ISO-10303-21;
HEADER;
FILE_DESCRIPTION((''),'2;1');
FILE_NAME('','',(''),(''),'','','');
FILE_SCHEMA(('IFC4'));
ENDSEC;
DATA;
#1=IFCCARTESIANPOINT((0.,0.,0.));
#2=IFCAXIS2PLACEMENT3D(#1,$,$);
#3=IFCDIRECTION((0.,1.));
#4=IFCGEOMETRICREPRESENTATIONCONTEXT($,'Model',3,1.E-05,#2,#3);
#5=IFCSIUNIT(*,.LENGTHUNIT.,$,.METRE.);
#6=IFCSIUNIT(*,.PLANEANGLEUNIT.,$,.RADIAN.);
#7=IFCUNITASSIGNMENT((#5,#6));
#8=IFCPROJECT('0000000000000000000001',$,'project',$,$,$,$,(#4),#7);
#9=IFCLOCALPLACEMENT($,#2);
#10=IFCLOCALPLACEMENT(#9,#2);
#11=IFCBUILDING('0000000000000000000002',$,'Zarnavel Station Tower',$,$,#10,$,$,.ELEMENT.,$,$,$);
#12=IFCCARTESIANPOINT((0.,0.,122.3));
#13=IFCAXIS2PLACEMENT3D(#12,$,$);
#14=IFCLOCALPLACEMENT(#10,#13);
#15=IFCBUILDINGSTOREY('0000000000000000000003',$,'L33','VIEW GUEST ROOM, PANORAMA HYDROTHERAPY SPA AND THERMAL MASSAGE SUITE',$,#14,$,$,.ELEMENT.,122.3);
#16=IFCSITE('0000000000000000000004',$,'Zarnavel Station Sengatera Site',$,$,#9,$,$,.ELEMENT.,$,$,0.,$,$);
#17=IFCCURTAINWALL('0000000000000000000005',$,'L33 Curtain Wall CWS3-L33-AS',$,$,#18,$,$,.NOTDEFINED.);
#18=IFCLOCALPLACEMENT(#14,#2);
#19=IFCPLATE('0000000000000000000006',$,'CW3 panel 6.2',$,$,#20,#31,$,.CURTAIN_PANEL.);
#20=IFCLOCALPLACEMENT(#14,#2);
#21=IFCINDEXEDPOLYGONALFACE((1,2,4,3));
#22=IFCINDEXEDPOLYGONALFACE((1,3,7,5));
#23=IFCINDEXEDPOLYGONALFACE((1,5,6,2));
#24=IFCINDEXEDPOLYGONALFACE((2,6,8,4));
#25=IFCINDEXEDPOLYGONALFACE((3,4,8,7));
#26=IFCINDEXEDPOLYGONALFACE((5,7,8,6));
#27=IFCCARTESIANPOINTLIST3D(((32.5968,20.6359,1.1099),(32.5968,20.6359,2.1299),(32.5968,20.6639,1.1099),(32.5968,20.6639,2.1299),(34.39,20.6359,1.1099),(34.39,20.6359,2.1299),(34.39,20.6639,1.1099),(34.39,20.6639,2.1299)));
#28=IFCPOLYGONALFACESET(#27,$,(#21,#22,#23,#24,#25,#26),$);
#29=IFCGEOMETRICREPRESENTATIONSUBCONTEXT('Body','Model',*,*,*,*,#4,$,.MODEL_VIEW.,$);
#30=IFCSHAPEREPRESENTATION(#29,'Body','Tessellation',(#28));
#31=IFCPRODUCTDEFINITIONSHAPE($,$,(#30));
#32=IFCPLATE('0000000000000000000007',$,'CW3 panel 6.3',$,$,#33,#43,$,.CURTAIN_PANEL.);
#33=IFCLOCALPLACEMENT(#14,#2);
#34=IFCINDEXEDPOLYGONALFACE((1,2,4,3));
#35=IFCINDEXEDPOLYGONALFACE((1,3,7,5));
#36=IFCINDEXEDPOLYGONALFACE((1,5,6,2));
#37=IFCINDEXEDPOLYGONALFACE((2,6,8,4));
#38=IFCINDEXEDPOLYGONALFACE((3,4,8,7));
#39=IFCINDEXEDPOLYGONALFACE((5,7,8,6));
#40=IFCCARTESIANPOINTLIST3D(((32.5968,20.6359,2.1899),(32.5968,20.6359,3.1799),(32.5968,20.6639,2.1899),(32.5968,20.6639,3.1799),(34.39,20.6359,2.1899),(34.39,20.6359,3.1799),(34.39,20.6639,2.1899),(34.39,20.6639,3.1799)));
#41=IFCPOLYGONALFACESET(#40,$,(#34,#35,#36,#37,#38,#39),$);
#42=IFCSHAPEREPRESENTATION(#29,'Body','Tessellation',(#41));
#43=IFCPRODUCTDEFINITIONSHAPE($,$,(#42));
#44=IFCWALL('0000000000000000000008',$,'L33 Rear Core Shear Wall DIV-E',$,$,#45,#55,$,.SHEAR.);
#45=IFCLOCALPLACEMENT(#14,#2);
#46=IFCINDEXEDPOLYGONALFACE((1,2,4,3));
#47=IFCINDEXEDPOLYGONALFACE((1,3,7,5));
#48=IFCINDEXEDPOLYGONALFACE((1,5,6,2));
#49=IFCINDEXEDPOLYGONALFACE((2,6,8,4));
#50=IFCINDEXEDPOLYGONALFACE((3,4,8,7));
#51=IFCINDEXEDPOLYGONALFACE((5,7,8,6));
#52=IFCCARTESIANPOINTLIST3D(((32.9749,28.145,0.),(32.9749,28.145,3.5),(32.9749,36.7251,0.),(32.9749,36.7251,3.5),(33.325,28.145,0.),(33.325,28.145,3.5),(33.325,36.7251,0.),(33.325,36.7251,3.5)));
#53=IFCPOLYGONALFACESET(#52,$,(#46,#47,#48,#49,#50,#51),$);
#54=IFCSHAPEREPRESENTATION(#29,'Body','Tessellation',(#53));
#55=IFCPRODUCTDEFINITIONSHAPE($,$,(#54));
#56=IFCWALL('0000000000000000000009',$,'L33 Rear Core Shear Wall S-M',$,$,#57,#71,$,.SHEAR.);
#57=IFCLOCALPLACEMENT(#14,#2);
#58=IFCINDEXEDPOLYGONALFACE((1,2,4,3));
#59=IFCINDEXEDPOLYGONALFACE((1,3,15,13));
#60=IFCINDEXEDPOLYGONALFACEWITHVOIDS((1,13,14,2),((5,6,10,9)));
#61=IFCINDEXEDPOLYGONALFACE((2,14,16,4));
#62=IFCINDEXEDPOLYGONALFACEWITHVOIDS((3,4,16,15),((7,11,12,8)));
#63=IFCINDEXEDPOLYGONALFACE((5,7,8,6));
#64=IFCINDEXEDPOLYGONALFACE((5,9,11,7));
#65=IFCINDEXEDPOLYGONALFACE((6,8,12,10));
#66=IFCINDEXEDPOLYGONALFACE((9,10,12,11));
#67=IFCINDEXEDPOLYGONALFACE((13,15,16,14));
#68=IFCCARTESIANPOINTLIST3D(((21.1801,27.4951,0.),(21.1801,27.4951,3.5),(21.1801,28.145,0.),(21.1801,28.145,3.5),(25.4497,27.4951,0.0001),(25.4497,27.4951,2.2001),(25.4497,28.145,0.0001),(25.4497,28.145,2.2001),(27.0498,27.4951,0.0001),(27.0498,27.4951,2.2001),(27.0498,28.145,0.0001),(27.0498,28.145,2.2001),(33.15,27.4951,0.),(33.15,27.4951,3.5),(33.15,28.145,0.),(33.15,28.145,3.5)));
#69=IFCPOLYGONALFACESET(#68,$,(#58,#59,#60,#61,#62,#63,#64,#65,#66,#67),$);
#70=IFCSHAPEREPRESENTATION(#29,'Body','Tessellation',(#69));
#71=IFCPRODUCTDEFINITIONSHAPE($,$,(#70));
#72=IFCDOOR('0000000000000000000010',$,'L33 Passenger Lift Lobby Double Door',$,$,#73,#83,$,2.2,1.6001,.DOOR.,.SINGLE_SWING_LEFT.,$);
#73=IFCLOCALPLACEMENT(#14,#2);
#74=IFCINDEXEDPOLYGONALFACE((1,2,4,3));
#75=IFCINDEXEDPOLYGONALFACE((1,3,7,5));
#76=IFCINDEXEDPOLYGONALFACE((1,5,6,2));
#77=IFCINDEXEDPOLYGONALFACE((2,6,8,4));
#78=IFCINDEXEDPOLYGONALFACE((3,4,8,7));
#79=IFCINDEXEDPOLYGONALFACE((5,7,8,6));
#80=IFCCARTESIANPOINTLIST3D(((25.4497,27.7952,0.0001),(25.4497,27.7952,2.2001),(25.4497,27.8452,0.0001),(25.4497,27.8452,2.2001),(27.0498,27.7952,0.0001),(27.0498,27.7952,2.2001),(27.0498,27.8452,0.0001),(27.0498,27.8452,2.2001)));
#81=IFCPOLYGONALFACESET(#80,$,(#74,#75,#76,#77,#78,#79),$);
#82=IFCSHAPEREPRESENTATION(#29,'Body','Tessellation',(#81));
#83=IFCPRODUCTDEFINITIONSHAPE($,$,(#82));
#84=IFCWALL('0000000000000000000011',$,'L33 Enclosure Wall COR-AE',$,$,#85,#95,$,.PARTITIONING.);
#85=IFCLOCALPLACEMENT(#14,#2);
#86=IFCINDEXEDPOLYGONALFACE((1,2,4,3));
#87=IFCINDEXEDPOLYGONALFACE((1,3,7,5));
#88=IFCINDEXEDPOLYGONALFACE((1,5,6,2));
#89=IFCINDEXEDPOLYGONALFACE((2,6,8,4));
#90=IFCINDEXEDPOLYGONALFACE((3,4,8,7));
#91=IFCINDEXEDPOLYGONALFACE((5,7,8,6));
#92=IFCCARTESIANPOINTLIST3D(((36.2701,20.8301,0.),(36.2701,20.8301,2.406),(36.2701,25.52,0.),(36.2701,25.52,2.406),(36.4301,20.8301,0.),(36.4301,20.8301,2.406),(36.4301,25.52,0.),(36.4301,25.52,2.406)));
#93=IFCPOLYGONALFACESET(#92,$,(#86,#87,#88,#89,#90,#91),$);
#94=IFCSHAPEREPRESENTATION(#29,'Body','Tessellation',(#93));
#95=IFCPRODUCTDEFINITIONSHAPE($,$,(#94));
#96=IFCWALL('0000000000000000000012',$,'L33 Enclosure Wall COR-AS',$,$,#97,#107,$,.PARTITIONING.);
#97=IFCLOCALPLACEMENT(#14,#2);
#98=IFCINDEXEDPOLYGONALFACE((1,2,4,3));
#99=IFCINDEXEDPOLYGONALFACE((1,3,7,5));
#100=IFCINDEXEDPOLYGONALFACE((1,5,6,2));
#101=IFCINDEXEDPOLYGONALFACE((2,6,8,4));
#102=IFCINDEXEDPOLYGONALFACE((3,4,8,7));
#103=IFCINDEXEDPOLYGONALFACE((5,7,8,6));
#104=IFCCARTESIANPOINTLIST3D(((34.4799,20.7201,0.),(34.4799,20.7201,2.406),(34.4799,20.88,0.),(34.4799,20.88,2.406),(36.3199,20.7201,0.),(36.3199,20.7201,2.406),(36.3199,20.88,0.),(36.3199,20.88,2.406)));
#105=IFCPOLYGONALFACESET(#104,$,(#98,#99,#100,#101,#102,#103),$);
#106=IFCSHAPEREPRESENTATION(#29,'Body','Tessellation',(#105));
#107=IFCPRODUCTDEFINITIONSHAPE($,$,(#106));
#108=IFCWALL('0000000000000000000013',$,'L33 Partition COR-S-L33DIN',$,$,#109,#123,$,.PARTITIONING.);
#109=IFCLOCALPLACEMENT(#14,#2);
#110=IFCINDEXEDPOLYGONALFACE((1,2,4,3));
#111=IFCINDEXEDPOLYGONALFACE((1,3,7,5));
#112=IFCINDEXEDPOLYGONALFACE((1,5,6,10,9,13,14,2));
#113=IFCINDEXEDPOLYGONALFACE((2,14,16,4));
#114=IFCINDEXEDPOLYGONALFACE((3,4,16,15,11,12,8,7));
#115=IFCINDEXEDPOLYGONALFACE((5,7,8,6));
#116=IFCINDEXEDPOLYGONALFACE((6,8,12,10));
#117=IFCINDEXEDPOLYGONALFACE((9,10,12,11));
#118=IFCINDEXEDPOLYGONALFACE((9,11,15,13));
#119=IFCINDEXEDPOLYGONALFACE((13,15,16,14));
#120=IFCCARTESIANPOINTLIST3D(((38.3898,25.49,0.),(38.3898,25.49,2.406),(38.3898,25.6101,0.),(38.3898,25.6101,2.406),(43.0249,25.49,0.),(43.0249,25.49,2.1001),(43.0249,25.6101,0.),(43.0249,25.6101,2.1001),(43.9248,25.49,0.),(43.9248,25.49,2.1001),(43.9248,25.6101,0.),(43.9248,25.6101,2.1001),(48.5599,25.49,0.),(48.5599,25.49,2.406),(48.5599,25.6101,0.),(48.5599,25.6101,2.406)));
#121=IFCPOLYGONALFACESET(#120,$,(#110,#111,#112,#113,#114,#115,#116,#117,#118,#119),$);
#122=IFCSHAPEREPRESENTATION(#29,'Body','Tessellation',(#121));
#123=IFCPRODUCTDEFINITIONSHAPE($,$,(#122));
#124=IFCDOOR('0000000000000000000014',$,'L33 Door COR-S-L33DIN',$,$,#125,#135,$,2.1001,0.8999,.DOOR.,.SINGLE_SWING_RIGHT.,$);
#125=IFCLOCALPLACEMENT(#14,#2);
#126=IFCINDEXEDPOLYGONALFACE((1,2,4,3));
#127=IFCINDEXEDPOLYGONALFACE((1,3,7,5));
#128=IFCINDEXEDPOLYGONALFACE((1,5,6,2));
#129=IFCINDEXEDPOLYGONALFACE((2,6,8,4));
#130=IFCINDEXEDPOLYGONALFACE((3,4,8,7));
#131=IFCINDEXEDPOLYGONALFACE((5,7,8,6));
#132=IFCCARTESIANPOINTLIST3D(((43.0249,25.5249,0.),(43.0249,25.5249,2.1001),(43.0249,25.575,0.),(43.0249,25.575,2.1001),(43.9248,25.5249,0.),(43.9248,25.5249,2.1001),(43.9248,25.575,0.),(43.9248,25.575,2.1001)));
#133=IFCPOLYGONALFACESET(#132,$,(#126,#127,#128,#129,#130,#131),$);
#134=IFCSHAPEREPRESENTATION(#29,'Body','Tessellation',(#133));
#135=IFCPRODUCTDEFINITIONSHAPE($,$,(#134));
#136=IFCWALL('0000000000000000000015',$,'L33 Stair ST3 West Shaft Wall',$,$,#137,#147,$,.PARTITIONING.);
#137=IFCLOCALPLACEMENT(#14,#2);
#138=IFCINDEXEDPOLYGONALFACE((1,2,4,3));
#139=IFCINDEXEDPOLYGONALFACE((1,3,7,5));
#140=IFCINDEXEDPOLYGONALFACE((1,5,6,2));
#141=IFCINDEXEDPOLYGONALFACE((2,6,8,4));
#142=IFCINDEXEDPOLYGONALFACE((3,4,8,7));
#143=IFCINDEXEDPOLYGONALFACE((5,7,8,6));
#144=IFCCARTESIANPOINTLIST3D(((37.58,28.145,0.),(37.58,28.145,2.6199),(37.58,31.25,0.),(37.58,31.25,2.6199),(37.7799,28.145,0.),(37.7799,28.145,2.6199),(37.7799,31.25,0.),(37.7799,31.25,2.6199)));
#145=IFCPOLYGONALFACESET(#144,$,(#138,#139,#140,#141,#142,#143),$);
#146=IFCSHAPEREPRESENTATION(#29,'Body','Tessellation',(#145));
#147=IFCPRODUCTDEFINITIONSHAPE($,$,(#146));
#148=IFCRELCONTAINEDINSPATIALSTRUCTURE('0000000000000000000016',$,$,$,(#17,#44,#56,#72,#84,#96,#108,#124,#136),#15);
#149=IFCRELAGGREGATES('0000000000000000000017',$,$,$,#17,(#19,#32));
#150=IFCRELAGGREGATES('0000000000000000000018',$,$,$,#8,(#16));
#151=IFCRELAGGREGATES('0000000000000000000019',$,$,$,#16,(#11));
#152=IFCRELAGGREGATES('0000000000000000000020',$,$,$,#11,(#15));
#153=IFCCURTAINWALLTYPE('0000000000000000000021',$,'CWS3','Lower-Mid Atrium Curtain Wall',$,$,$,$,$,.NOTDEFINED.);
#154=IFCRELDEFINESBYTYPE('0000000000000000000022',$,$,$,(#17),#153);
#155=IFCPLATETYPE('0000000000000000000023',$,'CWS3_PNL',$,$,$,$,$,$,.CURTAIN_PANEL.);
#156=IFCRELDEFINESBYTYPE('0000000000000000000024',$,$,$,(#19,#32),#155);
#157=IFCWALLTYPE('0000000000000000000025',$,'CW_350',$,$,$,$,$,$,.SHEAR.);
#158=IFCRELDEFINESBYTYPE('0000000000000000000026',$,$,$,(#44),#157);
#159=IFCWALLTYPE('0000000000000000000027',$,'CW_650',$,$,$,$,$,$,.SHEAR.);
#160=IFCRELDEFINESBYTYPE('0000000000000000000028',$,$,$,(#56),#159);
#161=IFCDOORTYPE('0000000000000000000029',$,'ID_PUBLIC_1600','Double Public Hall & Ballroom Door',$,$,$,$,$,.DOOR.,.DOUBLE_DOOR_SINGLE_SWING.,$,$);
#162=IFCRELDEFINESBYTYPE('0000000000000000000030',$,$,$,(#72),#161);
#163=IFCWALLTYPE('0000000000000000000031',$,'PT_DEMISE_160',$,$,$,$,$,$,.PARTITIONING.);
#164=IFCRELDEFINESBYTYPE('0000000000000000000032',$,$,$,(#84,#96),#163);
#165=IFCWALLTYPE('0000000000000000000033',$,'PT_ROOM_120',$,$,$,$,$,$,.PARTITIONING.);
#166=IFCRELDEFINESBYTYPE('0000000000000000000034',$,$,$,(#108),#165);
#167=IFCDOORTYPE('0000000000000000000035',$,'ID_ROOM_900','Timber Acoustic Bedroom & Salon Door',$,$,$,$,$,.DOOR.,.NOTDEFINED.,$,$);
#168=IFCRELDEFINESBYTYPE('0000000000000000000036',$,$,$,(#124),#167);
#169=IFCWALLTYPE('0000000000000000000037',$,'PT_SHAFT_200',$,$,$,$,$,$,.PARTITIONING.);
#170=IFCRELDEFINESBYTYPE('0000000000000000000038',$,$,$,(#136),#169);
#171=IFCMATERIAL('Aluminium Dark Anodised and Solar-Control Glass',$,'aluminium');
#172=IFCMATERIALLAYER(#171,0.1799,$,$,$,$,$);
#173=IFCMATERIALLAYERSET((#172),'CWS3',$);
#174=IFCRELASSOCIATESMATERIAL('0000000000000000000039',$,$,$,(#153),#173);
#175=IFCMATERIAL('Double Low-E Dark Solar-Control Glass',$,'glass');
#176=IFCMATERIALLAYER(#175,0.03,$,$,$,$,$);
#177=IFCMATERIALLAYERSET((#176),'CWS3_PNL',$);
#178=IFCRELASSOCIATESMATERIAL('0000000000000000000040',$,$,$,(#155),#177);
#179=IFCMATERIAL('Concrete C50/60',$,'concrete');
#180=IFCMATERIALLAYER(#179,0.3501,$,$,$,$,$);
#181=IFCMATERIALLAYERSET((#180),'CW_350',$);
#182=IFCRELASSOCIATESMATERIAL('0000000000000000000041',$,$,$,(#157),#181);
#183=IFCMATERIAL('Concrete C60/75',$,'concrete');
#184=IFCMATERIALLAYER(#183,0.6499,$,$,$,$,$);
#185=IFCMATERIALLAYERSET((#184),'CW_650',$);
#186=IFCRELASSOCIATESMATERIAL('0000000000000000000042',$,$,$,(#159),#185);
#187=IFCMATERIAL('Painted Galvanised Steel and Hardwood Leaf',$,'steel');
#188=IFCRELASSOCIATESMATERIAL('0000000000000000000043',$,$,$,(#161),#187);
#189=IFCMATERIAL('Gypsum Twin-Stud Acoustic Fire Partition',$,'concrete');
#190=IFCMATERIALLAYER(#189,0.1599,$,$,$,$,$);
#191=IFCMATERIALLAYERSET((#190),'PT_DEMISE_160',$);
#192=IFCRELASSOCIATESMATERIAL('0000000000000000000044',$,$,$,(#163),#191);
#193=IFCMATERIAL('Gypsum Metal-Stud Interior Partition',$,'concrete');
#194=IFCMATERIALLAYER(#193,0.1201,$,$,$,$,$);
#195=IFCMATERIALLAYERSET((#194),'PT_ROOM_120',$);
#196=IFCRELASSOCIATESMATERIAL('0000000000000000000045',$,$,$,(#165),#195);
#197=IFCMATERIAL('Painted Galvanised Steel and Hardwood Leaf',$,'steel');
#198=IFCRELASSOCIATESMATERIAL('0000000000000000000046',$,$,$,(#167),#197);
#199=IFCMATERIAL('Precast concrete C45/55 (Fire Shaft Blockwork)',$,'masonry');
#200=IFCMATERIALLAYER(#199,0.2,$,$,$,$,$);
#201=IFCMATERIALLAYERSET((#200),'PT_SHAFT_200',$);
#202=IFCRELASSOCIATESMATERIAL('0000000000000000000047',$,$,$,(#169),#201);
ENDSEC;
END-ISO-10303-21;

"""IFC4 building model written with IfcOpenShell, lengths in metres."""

from ifc_helpers import new_model, si_unit, direction, frame, frame_2d, origin, origin_2d, place, context, subcontext, project, spatial, rectangle, extrude, material, layer, layer_set, type_object, element, fill, aggregate, save


model = new_model("IFC4")

# Units and contexts
model_context = context("Model", 3, precision=1e-05, world=origin(), true_north=direction((0.0, 1.0)))
body_context = subcontext(model_context, "Body", "Model", "MODEL_VIEW")
ifc_project = project(units=[si_unit("LENGTHUNIT", "METRE"), si_unit("PLANEANGLEUNIT", "RADIAN")], contexts=[model_context])

# Site, building, storey
site_placement = place(None, origin())
site = spatial("IfcSite", under=ifc_project, at=site_placement, Name="Zarnavel Station Sengatera Site", CompositionType="ELEMENT", RefElevation=0.0)
building_placement = place(site_placement, origin())
building = spatial("IfcBuilding", under=site, at=building_placement, Name="Zarnavel Station Tower", CompositionType="ELEMENT")
storey_placement = place(building_placement, frame((0.0, 0.0, 122.3)))
storey = spatial("IfcBuildingStorey", under=building, at=storey_placement, Name="L33", Description="VIEW GUEST ROOM, PANORAMA HYDROTHERAPY SPA AND THERMAL MASSAGE SUITE", CompositionType="ELEMENT", Elevation=122.3)

# Curtain wall
ifc_material_1 = material(Name="Aluminium Dark Anodised and Solar-Control Glass", Category="aluminium")
ifc_layer_1 = layer(ifc_material_1, 0.1799)
ifc_layer_set_1 = layer_set([ifc_layer_1], Name="CWS3")
curtain_wall_type = type_object("IfcCurtainWallType", Name="CWS3", Description="Lower-Mid Atrium Curtain Wall", PredefinedType="NOTDEFINED", material=ifc_layer_set_1)
curtain_wall_placement = place(storey_placement, origin())
curtain_wall = element("IfcCurtainWall", 1, at=curtain_wall_placement, inside=storey, type_object=curtain_wall_type, Name="L33 Curtain Wall CWS3-L33-AS", PredefinedType="NOTDEFINED")

# Plates
ifc_material_2 = material(Name="Double Low-E Dark Solar-Control Glass", Category="glass")
ifc_layer_2 = layer(ifc_material_2, 0.03)
ifc_layer_set_2 = layer_set([ifc_layer_2], Name="CWS3_PNL")
plate_type = type_object("IfcPlateType", Name="CWS3_PNL", PredefinedType="CURTAIN_PANEL", material=ifc_layer_set_2)
plate_1_placement = place(storey_placement, frame((33.4934, 20.6499, 1.1099), z_axis=(0.0, 0.0, 1.0), x_axis=(1.0, 0.0, 0.0)))
plate_1 = element("IfcPlate", 2, at=plate_1_placement, type_object=plate_type, Name="CW3 panel 6.2", PredefinedType="CURTAIN_PANEL", context=body_context, shape_type="SweptSolid", body=[
    extrude(rectangle(XDim=1.7932, YDim=0.0281, at=origin_2d()), origin(), (0.0, 0.0, 1.0), 1.02),
])
plate_2_placement = place(storey_placement, frame((33.4934, 20.6499, 2.1899), z_axis=(0.0, 0.0, 1.0), x_axis=(1.0, 0.0, 0.0)))
plate_2 = element("IfcPlate", 3, at=plate_2_placement, type_object=plate_type, Name="CW3 panel 6.3", PredefinedType="CURTAIN_PANEL", context=body_context, shape_type="SweptSolid", body=[
    extrude(rectangle(XDim=1.7932, YDim=0.0281, at=origin_2d()), origin(), (0.0, 0.0, 1.0), 0.99),
])
aggregate(curtain_wall, [plate_1, plate_2])

# Wall
ifc_material_3 = material(Name="Concrete C50/60", Category="concrete")
ifc_layer_3 = layer(ifc_material_3, 0.3501)
ifc_layer_set_3 = layer_set([ifc_layer_3], Name="CW_350")
wall_type_1 = type_object("IfcWallType", Name="CW_350", PredefinedType="SHEAR", material=ifc_layer_set_3)
wall_1_placement = place(storey_placement, frame((33.1499, 28.145, 0.0), z_axis=(0.0, 0.0, 1.0), x_axis=(0.0, 1.0, 0.0)))
element("IfcWall", 4, at=wall_1_placement, inside=storey, type_object=wall_type_1, Name="L33 Rear Core Shear Wall DIV-E", PredefinedType="SHEAR", context=body_context, shape_type="SweptSolid", body=[
    extrude(rectangle(XDim=8.5801, YDim=0.3501, at=frame_2d((4.29, 0.0))), origin(), (0.0, 0.0, 1.0), 3.5),
])

# Wall, opening, door
ifc_material_4 = material(Name="Concrete C60/75", Category="concrete")
ifc_layer_4 = layer(ifc_material_4, 0.6499)
ifc_layer_set_4 = layer_set([ifc_layer_4], Name="CW_650")
wall_type_2 = type_object("IfcWallType", Name="CW_650", PredefinedType="SHEAR", material=ifc_layer_set_4)
wall_2_placement = place(storey_placement, frame((33.1499, 27.8201, 0.0), z_axis=(0.0, 0.0, 1.0), x_axis=(-1.0, 0.0, 0.0)))
wall_2 = element("IfcWall", 5, at=wall_2_placement, inside=storey, type_object=wall_type_2, Name="L33 Rear Core Shear Wall S-M", PredefinedType="SHEAR", context=body_context, shape_type="SweptSolid", body=[
    extrude(rectangle(XDim=11.97, YDim=0.6499, at=frame_2d((5.9849, 0.0))), origin(), (0.0, 0.0, 1.0), 3.5),
])
opening_1_placement = place(wall_2_placement, frame((6.1001, 0.0, 0.0)))
opening_1 = element("IfcOpeningElement", 6, at=opening_1_placement, cuts=wall_2, PredefinedType="OPENING", context=body_context, shape_type="SweptSolid", body=[
    extrude(rectangle(XDim=1.6001, YDim=2.2, at=frame_2d((0.8, 1.1001))), frame((0.0, 0.335, 0.0), z_axis=(0.0, -1.0, 0.0), x_axis=(1.0, 0.0, 0.0)), (0.0, 0.0, 1.0), 0.6699),
])
ifc_material_5 = material(Name="Painted Galvanised Steel and Hardwood Leaf", Category="steel")
door_type_1 = type_object("IfcDoorType", Name="ID_PUBLIC_1600", Description="Double Public Hall & Ballroom Door", OperationType="DOUBLE_DOOR_SINGLE_SWING", PredefinedType="DOOR", material=ifc_material_5)
door_1_placement = place(opening_1_placement, origin())
door_1 = element("IfcDoor", 7, at=door_1_placement, inside=storey, type_object=door_type_1, Name="L33 Passenger Lift Lobby Double Door", OperationType="SINGLE_SWING_LEFT", OverallHeight=2.2, OverallWidth=1.6001, PredefinedType="DOOR", context=body_context, shape_type="SweptSolid", body=[
    extrude(rectangle(XDim=1.6001, YDim=2.2, at=frame_2d((0.8, 1.1001))), frame((0.0, 0.0249, 0.0), z_axis=(0.0, -1.0, 0.0), x_axis=(1.0, 0.0, 0.0)), (0.0, 0.0, 1.0), 0.05),
])
fill(opening_1, door_1)

# Walls
ifc_material_6 = material(Name="Gypsum Twin-Stud Acoustic Fire Partition", Category="concrete")
ifc_layer_5 = layer(ifc_material_6, 0.1599)
ifc_layer_set_5 = layer_set([ifc_layer_5], Name="PT_DEMISE_160")
wall_type_3 = type_object("IfcWallType", Name="PT_DEMISE_160", PredefinedType="PARTITIONING", material=ifc_layer_set_5)
wall_3_placement = place(storey_placement, frame((36.3501, 20.8301, 0.0), z_axis=(0.0, 0.0, 1.0), x_axis=(0.0, 1.0, 0.0)))
element("IfcWall", 8, at=wall_3_placement, inside=storey, type_object=wall_type_3, Name="L33 Enclosure Wall COR-AE", PredefinedType="PARTITIONING", context=body_context, shape_type="SweptSolid", body=[
    extrude(rectangle(XDim=4.6899, YDim=0.1599, at=frame_2d((2.345, 0.0))), origin(), (0.0, 0.0, 1.0), 2.406),
])
wall_4_placement = place(storey_placement, frame((34.48, 20.8, 0.0), z_axis=(0.0, 0.0, 1.0), x_axis=(1.0, 0.0, 0.0)))
element("IfcWall", 9, at=wall_4_placement, inside=storey, type_object=wall_type_3, Name="L33 Enclosure Wall COR-AS", PredefinedType="PARTITIONING", context=body_context, shape_type="SweptSolid", body=[
    extrude(rectangle(XDim=1.8401, YDim=0.1599, at=frame_2d((0.9199, 0.0))), origin(), (0.0, 0.0, 1.0), 2.406),
])

# Wall, opening, door
ifc_material_7 = material(Name="Gypsum Metal-Stud Interior Partition", Category="concrete")
ifc_layer_6 = layer(ifc_material_7, 0.1201)
ifc_layer_set_6 = layer_set([ifc_layer_6], Name="PT_ROOM_120")
wall_type_4 = type_object("IfcWallType", Name="PT_ROOM_120", PredefinedType="PARTITIONING", material=ifc_layer_set_6)
wall_5_placement = place(storey_placement, frame((38.3899, 25.55, 0.0), z_axis=(0.0, 0.0, 1.0), x_axis=(1.0, 0.0, 0.0)))
wall_5 = element("IfcWall", 10, at=wall_5_placement, inside=storey, type_object=wall_type_4, Name="L33 Partition COR-S-L33DIN", PredefinedType="PARTITIONING", context=body_context, shape_type="SweptSolid", body=[
    extrude(rectangle(XDim=10.1702, YDim=0.1201, at=frame_2d((5.085, 0.0))), origin(), (0.0, 0.0, 1.0), 2.406),
])
opening_2_placement = place(wall_5_placement, frame((4.635, 0.0, 0.0)))
opening_2 = element("IfcOpeningElement", 11, at=opening_2_placement, cuts=wall_5, PredefinedType="OPENING", context=body_context, shape_type="SweptSolid", body=[
    extrude(rectangle(XDim=0.8999, YDim=2.1001, at=frame_2d((0.45, 1.05))), frame((0.0, 0.0701, 0.0), z_axis=(0.0, -1.0, 0.0), x_axis=(1.0, 0.0, 0.0)), (0.0, 0.0, 1.0), 0.1401),
])
ifc_material_8 = material(Name="Painted Galvanised Steel and Hardwood Leaf", Category="steel")
door_type_2 = type_object("IfcDoorType", Name="ID_ROOM_900", Description="Timber Acoustic Bedroom & Salon Door", OperationType="NOTDEFINED", PredefinedType="DOOR", material=ifc_material_8)
door_2_placement = place(opening_2_placement, origin())
door_2 = element("IfcDoor", 12, at=door_2_placement, inside=storey, type_object=door_type_2, Name="L33 Door COR-S-L33DIN", OperationType="SINGLE_SWING_RIGHT", OverallHeight=2.1001, OverallWidth=0.8999, PredefinedType="DOOR", context=body_context, shape_type="SweptSolid", body=[
    extrude(rectangle(XDim=0.8999, YDim=2.1001, at=frame_2d((0.45, 1.05))), frame((0.0, 0.0249, 0.0), z_axis=(0.0, -1.0, 0.0), x_axis=(1.0, 0.0, 0.0)), (0.0, 0.0, 1.0), 0.05),
])
fill(opening_2, door_2)

# Wall
ifc_material_9 = material(Name="Precast concrete C45/55 (Fire Shaft Blockwork)", Category="masonry")
ifc_layer_7 = layer(ifc_material_9, 0.2)
ifc_layer_set_7 = layer_set([ifc_layer_7], Name="PT_SHAFT_200")
wall_type_5 = type_object("IfcWallType", Name="PT_SHAFT_200", PredefinedType="PARTITIONING", material=ifc_layer_set_7)
wall_6_placement = place(storey_placement, frame((37.6799, 28.145, 0.0), z_axis=(0.0, 0.0, 1.0), x_axis=(0.0, 1.0, 0.0)))
element("IfcWall", 13, at=wall_6_placement, inside=storey, type_object=wall_type_5, Name="L33 Stair ST3 West Shaft Wall", PredefinedType="PARTITIONING", context=body_context, shape_type="SweptSolid", body=[
    extrude(rectangle(XDim=3.105, YDim=0.2, at=frame_2d((1.5525, 0.0))), origin(), (0.0, 0.0, 1.0), 2.6199),
])

save(model, "model.ifc")
